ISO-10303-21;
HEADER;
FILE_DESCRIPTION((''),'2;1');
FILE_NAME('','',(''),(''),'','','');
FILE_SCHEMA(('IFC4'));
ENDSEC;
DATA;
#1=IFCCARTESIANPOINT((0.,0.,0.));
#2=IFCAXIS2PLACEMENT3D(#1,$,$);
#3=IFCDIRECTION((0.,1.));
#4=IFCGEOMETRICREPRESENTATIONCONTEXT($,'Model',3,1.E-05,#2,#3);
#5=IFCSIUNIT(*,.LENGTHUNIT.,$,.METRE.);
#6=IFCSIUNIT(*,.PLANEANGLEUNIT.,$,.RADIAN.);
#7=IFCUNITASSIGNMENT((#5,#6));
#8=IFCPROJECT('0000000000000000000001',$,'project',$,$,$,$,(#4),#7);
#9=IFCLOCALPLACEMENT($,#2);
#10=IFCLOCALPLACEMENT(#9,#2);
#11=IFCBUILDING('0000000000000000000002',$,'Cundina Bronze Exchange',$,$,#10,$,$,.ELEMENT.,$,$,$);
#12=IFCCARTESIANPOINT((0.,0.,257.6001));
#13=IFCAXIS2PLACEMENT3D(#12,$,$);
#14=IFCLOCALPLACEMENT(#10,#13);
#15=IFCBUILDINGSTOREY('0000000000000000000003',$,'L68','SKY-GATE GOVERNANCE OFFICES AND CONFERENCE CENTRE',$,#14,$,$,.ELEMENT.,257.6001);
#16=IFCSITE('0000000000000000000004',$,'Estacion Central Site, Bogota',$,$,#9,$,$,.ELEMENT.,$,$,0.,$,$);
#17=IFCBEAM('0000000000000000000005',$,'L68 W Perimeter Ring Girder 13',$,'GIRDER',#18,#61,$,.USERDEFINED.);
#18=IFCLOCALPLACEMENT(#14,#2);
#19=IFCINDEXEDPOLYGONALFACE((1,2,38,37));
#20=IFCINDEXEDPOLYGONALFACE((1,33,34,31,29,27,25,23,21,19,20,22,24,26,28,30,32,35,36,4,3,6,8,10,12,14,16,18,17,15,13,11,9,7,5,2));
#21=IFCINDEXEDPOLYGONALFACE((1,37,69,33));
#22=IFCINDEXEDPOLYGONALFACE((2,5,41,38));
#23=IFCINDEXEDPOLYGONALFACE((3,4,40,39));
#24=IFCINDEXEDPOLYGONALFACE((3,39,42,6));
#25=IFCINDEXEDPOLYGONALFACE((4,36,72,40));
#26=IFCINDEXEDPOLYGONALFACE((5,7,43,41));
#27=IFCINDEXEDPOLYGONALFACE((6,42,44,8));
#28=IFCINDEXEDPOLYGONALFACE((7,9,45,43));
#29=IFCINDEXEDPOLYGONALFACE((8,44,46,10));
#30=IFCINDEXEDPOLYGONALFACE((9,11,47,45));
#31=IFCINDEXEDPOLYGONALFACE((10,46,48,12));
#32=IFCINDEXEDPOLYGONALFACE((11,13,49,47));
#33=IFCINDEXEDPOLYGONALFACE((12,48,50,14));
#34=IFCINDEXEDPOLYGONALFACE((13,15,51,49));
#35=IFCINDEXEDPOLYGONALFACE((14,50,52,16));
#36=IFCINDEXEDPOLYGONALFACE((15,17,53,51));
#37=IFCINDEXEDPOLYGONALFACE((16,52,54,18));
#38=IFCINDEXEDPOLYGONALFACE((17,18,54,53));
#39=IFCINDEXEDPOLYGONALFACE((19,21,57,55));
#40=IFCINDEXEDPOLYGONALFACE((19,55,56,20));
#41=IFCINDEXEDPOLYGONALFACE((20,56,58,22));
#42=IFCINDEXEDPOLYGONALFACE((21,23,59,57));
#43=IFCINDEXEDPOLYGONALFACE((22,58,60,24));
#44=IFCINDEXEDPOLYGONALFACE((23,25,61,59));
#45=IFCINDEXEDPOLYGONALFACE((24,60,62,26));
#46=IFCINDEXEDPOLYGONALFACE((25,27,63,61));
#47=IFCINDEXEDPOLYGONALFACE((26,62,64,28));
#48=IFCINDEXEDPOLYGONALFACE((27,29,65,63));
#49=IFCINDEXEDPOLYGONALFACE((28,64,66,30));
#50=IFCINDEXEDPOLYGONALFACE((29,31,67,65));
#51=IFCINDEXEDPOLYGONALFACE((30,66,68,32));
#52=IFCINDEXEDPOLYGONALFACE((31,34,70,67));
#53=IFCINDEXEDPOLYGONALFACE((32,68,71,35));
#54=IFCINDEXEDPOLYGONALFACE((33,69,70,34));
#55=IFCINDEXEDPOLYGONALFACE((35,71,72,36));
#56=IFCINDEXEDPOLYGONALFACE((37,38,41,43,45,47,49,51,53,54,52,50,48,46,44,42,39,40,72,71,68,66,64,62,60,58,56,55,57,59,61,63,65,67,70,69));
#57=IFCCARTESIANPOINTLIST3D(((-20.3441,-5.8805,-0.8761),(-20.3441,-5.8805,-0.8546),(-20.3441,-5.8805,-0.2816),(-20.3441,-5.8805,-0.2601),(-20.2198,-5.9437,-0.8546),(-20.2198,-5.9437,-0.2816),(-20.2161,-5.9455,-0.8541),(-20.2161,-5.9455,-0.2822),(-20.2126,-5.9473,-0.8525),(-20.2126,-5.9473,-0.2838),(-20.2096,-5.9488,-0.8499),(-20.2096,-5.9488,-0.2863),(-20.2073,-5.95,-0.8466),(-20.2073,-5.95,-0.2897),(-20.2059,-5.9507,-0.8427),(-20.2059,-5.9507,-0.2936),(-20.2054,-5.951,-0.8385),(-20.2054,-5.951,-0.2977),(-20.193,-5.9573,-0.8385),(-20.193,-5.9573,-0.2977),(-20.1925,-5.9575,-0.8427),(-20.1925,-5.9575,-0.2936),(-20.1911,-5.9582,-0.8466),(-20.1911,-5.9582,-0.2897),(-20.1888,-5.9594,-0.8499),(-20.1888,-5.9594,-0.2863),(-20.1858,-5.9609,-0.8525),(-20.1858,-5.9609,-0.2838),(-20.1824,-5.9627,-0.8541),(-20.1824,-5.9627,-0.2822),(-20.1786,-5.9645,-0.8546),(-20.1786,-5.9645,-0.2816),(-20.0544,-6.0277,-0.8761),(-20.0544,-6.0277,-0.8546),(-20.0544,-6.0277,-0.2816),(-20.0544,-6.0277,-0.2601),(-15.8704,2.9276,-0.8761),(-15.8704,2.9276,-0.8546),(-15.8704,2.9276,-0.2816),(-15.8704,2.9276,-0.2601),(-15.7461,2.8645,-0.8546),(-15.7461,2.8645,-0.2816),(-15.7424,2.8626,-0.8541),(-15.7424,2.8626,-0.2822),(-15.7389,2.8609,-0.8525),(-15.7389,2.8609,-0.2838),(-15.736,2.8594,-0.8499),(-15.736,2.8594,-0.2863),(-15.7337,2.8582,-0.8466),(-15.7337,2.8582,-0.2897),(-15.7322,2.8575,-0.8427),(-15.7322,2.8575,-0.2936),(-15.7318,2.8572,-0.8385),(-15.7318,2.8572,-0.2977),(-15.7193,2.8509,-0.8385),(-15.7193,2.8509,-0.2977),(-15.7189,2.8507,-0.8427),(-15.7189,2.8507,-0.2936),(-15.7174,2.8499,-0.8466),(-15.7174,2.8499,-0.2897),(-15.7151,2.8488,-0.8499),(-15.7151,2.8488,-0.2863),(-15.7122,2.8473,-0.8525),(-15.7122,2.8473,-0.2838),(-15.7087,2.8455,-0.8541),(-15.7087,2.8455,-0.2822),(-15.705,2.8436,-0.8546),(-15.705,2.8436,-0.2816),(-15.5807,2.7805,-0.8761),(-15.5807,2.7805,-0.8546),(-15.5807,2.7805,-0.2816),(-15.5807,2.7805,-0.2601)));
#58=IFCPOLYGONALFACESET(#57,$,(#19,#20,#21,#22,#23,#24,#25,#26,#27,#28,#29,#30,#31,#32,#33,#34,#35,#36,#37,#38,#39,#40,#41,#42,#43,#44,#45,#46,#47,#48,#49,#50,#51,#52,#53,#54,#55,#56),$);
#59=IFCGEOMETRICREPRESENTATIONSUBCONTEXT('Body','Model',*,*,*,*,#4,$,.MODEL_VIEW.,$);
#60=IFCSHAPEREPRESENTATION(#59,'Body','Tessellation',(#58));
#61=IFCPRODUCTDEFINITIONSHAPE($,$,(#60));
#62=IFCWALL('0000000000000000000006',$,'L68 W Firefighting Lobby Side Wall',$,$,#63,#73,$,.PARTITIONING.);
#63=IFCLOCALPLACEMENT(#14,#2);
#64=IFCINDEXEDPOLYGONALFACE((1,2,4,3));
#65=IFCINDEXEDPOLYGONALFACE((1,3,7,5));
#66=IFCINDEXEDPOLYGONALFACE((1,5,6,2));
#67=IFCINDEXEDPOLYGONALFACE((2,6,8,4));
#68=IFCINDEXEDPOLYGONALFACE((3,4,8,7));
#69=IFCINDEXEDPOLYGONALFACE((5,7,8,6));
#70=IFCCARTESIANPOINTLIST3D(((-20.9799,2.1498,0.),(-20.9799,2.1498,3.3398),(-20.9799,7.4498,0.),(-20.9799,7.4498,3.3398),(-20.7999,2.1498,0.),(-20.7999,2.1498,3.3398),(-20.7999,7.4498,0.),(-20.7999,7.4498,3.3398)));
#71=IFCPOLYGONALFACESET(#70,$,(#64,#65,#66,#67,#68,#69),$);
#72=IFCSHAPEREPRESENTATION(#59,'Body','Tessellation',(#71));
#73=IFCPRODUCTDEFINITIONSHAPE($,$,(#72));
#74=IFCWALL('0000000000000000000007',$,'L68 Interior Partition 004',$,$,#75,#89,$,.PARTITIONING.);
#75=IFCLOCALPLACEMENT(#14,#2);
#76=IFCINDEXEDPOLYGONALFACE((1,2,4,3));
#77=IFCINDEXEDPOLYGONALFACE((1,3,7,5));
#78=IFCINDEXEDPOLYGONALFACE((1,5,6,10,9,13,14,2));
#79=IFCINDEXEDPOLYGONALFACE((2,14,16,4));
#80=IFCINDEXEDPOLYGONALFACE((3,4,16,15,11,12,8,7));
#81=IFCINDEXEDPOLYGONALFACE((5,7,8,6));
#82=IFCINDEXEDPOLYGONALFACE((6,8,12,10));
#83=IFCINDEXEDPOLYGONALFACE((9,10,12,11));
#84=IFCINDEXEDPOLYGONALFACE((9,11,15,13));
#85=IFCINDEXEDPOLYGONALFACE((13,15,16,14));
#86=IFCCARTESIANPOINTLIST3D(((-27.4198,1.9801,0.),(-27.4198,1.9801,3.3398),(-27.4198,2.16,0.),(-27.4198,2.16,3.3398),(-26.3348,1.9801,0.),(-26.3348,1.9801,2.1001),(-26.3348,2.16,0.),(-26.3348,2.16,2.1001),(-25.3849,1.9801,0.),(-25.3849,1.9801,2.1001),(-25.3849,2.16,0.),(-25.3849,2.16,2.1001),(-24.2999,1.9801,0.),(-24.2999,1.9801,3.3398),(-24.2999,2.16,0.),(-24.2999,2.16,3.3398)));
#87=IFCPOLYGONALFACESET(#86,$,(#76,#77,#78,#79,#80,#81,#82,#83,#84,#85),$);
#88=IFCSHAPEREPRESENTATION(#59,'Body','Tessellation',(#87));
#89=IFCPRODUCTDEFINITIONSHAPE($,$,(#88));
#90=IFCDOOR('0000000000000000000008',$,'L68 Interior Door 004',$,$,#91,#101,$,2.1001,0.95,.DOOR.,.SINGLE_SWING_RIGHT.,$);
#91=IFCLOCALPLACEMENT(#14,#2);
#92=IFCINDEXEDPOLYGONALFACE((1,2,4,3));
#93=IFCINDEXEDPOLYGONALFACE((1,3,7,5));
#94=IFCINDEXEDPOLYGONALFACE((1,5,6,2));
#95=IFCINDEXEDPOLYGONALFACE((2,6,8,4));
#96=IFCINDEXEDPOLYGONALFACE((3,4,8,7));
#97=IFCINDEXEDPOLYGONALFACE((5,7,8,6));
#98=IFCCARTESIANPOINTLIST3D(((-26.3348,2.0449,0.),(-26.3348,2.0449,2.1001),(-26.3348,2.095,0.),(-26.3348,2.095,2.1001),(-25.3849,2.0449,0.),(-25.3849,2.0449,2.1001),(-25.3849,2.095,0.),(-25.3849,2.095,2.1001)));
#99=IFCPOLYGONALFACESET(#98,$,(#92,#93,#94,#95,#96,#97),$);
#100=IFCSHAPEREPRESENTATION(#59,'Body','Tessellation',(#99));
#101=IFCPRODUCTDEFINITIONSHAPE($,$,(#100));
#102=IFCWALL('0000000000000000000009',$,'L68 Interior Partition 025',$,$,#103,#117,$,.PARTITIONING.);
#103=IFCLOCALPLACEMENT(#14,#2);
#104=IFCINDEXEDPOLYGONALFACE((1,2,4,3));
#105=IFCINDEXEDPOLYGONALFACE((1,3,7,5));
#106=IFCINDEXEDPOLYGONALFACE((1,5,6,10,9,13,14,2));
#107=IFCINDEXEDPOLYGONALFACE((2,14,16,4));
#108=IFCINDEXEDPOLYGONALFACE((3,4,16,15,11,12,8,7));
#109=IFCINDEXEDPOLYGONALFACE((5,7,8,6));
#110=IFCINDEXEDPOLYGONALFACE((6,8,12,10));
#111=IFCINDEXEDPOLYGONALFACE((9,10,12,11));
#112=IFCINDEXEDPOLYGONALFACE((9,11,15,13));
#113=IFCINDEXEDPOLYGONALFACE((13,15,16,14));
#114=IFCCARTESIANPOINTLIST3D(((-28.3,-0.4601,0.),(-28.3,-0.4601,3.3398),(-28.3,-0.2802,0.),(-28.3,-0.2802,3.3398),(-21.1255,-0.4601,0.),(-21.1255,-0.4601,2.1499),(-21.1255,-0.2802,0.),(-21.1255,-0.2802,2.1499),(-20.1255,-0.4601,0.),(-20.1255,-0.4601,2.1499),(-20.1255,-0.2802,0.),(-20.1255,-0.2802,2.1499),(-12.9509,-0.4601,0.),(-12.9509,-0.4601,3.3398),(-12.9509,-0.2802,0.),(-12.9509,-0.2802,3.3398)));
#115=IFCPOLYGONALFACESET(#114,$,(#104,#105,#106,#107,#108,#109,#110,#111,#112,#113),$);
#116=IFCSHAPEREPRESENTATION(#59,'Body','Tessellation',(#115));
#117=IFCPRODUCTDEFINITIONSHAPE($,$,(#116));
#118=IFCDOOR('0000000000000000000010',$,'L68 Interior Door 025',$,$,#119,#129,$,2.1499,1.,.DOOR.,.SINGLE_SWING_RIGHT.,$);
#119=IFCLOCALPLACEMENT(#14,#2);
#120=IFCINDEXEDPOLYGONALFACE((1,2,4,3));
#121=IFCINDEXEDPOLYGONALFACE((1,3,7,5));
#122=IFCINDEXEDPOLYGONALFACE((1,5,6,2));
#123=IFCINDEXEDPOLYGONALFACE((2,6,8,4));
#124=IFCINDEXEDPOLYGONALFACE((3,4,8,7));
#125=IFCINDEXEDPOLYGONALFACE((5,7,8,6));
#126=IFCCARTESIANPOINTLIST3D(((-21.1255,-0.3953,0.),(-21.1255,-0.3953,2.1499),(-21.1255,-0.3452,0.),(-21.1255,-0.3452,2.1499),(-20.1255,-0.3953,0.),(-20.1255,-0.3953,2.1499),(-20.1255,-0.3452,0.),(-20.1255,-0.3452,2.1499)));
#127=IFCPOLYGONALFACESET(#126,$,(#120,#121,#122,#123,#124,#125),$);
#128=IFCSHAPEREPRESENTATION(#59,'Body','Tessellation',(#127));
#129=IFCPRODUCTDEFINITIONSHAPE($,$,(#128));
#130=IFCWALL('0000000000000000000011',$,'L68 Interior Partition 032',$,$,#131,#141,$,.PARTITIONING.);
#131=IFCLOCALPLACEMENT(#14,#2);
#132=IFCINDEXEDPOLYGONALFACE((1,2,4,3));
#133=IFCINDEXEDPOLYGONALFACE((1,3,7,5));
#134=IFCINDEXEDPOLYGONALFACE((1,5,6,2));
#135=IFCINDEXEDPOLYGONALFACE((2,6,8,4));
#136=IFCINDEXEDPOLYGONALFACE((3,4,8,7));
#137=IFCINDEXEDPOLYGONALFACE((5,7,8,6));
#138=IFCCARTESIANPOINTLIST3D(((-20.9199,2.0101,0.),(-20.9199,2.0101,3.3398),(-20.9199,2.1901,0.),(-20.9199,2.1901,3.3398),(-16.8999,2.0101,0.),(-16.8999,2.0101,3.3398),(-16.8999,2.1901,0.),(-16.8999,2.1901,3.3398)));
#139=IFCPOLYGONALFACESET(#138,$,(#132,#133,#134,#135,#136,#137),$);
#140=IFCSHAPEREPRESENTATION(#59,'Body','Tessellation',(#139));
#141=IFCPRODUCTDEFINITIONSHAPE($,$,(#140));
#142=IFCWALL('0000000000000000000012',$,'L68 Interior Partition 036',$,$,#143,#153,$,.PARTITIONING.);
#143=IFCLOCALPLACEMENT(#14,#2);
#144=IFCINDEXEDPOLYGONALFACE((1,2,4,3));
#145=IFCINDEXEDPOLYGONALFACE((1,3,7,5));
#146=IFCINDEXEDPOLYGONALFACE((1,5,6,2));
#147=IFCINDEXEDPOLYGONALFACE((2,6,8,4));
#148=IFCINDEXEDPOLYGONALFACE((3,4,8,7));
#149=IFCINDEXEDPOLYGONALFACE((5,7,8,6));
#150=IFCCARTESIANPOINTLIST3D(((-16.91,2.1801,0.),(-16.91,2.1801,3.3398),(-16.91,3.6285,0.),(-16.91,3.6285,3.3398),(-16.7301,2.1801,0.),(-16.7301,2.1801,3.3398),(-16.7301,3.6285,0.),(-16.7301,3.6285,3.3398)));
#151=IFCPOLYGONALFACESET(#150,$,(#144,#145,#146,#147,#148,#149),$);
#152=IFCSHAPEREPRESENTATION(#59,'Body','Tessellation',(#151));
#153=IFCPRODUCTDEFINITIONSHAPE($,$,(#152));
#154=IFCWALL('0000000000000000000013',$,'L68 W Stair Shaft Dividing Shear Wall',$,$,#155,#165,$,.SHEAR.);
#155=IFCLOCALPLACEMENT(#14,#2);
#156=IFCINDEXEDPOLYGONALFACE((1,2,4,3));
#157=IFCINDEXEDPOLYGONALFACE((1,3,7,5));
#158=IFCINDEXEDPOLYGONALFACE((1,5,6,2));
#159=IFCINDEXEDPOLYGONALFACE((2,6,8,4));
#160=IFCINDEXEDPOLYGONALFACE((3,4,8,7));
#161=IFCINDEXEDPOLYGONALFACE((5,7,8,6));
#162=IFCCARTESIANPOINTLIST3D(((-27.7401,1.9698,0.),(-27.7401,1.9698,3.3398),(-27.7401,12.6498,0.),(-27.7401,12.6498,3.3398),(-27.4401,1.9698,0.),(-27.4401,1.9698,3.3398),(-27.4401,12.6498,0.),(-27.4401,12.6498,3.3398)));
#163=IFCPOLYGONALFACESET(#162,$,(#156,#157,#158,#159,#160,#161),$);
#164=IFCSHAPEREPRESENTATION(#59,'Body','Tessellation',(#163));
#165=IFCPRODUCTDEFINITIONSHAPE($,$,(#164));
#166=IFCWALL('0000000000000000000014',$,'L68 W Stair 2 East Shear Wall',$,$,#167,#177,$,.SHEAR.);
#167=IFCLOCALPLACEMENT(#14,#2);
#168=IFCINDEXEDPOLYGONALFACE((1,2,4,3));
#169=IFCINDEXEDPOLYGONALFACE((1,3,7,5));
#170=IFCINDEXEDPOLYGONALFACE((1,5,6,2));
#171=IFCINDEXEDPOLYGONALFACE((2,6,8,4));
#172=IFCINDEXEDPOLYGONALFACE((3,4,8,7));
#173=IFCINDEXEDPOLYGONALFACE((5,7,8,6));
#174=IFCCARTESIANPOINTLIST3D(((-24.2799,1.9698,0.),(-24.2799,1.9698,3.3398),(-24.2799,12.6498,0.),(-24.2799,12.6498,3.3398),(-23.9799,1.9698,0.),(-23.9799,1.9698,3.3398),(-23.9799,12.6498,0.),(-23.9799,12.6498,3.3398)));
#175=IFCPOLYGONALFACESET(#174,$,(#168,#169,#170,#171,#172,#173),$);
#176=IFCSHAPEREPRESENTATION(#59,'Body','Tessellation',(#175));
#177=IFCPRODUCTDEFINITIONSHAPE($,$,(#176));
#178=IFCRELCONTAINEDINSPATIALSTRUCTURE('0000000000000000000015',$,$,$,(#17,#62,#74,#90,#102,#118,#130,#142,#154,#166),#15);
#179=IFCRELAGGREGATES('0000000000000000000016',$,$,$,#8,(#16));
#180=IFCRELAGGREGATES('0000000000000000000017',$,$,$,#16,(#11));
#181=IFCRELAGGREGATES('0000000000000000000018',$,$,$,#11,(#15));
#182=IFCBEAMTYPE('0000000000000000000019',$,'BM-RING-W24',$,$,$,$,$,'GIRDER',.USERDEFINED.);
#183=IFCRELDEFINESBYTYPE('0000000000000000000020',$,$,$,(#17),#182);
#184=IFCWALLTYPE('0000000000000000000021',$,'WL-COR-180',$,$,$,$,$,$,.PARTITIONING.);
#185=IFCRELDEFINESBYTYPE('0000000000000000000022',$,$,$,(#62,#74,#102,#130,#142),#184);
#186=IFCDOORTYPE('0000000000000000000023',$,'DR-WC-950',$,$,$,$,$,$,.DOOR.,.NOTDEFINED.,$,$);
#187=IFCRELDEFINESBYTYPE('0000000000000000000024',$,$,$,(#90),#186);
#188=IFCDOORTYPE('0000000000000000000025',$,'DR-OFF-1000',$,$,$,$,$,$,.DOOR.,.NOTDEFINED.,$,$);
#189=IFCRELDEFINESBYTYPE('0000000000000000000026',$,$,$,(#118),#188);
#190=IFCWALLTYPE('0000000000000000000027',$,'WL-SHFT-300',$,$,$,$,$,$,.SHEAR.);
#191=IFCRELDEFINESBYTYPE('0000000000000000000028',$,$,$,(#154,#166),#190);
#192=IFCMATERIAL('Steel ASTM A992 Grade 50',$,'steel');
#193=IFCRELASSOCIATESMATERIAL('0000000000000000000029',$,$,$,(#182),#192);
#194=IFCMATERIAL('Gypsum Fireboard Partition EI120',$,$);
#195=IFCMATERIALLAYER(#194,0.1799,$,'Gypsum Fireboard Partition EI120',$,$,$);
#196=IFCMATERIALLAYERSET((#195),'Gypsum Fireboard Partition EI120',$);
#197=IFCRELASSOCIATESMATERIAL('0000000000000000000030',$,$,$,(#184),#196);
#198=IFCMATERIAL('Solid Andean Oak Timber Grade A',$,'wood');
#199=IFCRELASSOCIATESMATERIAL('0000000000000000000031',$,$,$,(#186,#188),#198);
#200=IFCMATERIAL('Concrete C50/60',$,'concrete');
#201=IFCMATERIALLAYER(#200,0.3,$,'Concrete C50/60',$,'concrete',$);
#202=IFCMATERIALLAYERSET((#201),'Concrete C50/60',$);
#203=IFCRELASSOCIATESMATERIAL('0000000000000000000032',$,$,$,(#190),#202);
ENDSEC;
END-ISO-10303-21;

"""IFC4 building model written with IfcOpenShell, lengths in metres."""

from ifc_helpers import new_model, si_unit, direction, frame, frame_2d, origin, origin_2d, place, context, subcontext, project, spatial, rectangle, i_section, extrude, material, layer, layer_set, material_profile, profile_set, type_object, element, fill, save


model = new_model("IFC4")

# Units and contexts
model_context = context("Model", 3, precision=1e-05, world=origin(), true_north=direction((0.0, 1.0)))
body_context = subcontext(model_context, "Body", "Model", "MODEL_VIEW")
ifc_project = project(units=[si_unit("LENGTHUNIT", "METRE"), si_unit("PLANEANGLEUNIT", "RADIAN")], contexts=[model_context])

# Site, building, storey
site_placement = place(None, origin())
site = spatial("IfcSite", under=ifc_project, at=site_placement, Name="Estacion Central Site, Bogota", CompositionType="ELEMENT", RefElevation=0.0)
building_placement = place(site_placement, origin())
building = spatial("IfcBuilding", under=site, at=building_placement, Name="Cundina Bronze Exchange", CompositionType="ELEMENT")
storey_placement = place(building_placement, frame((0.0, 0.0, 257.6001)))
storey = spatial("IfcBuildingStorey", under=building, at=storey_placement, Name="L68", Description="SKY-GATE GOVERNANCE OFFICES AND CONFERENCE CENTRE", CompositionType="ELEMENT", Elevation=257.6001)

# Shared definitions
ifc_material_1 = material(Name="Concrete C50/60", Category="concrete")
ifc_material_2 = material(Name="Steel ASTM A992 Grade 50", Category="steel")

# Beam
ifc_material_profile_1 = material_profile(ifc_material_2, i_section(OverallWidth=0.325, OverallDepth=0.616, WebThickness=0.0139, FlangeThickness=0.0215, FilletRadius=0.0161, at=origin_2d()), Name="W24X117", Category="steel")
ifc_profile_set_1 = profile_set([ifc_material_profile_1], Name="Steel ASTM A992 Grade 50")
beam_type_1 = type_object("IfcBeamType", Name="BM-RING-W24", ElementType="GIRDER", PredefinedType="USERDEFINED", material=ifc_profile_set_1)
beam_1_placement = place(storey_placement, frame((-20.1992, -5.9541, -0.5681), z_axis=(0.452839, 0.891592, 0.0), x_axis=(-0.891592, 0.452839, 0.0)))
element("IfcBeam", 1, at=beam_1_placement, inside=storey, type_object=beam_type_1, Name="L68 W Perimeter Ring Girder 13", ObjectType="GIRDER", PredefinedType="USERDEFINED", context=body_context, shape_type="SweptSolid", body=[
    extrude(i_section(OverallWidth=0.325, OverallDepth=0.616, WebThickness=0.0139, FlangeThickness=0.0215, FilletRadius=0.0161, at=origin_2d()), origin(), (0.0, 0.0, 1.0), 9.8792),
])

# Wall
ifc_material_3 = material(Name="Gypsum Fireboard Partition EI120")
ifc_layer_1 = layer(ifc_material_3, 0.1799, Name="Gypsum Fireboard Partition EI120")
ifc_layer_set_1 = layer_set([ifc_layer_1], Name="Gypsum Fireboard Partition EI120")
wall_type_1 = type_object("IfcWallType", Name="WL-COR-180", PredefinedType="PARTITIONING", material=ifc_layer_set_1)
wall_1_placement = place(storey_placement, frame((-20.8899, 2.1499, 0.0), z_axis=(0.0, 0.0, 1.0), x_axis=(0.0, 1.0, 0.0)))
element("IfcWall", 2, at=wall_1_placement, inside=storey, type_object=wall_type_1, Name="L68 W Firefighting Lobby Side Wall", PredefinedType="PARTITIONING", context=body_context, shape_type="SweptSolid", body=[
    extrude(rectangle(XDim=5.3, YDim=0.1799, at=frame_2d((2.6499, 0.0))), origin(), (0.0, 0.0, 1.0), 3.3398),
])

# Walls, openings, doors
wall_2_placement = place(storey_placement, frame((-27.4199, 2.0701, 0.0), z_axis=(0.0, 0.0, 1.0), x_axis=(1.0, 0.0, 0.0)))
wall_2 = element("IfcWall", 3, at=wall_2_placement, inside=storey, type_object=wall_type_1, Name="L68 Interior Partition 004", PredefinedType="PARTITIONING", context=body_context, shape_type="SweptSolid", body=[
    extrude(rectangle(XDim=3.1199, YDim=0.1799, at=frame_2d((1.5601, 0.0))), origin(), (0.0, 0.0, 1.0), 3.3398),
])
opening_1_placement = place(wall_2_placement, frame((1.085, 0.0, 0.0)))
opening_1 = element("IfcOpeningElement", 4, at=opening_1_placement, cuts=wall_2, PredefinedType="OPENING", context=body_context, shape_type="SweptSolid", body=[
    extrude(rectangle(XDim=0.95, YDim=2.1001, at=frame_2d((0.4751, 1.05))), frame((0.0, 0.0999, 0.0), z_axis=(0.0, -1.0, 0.0), x_axis=(1.0, 0.0, 0.0)), (0.0, 0.0, 1.0), 0.2),
])
ifc_material_4 = material(Name="Solid Andean Oak Timber Grade A", Category="wood")
door_type_1 = type_object("IfcDoorType", Name="DR-WC-950", OperationType="NOTDEFINED", PredefinedType="DOOR", material=ifc_material_4)
door_1_placement = place(opening_1_placement, origin())
door_1 = element("IfcDoor", 5, at=door_1_placement, inside=storey, type_object=door_type_1, Name="L68 Interior Door 004", OperationType="SINGLE_SWING_RIGHT", OverallHeight=2.1001, OverallWidth=0.95, PredefinedType="DOOR", context=body_context, shape_type="SweptSolid", body=[
    extrude(rectangle(XDim=0.95, YDim=2.1001, at=frame_2d((0.4751, 1.05))), frame((0.0, 0.0249, 0.0), z_axis=(0.0, -1.0, 0.0), x_axis=(1.0, 0.0, 0.0)), (0.0, 0.0, 1.0), 0.05),
])
fill(opening_1, door_1)
wall_3_placement = place(storey_placement, frame((-28.3, -0.3701, 0.0), z_axis=(0.0, 0.0, 1.0), x_axis=(1.0, 0.0, 0.0)))
wall_3 = element("IfcWall", 6, at=wall_3_placement, inside=storey, type_object=wall_type_1, Name="L68 Interior Partition 025", PredefinedType="PARTITIONING", context=body_context, shape_type="SweptSolid", body=[
    extrude(rectangle(XDim=15.3491, YDim=0.1799, at=frame_2d((7.6746, 0.0))), origin(), (0.0, 0.0, 1.0), 3.3398),
])
opening_2_placement = place(wall_3_placement, frame((7.1746, 0.0, 0.0)))
opening_2 = element("IfcOpeningElement", 7, at=opening_2_placement, cuts=wall_3, PredefinedType="OPENING", context=body_context, shape_type="SweptSolid", body=[
    extrude(rectangle(XDim=1.0, YDim=2.1499, at=frame_2d((0.5, 1.075))), frame((0.0, 0.0999, 0.0), z_axis=(0.0, -1.0, 0.0), x_axis=(1.0, 0.0, 0.0)), (0.0, 0.0, 1.0), 0.2),
])
door_type_2 = type_object("IfcDoorType", Name="DR-OFF-1000", OperationType="NOTDEFINED", PredefinedType="DOOR", material=ifc_material_4)
door_2_placement = place(opening_2_placement, origin())
door_2 = element("IfcDoor", 8, at=door_2_placement, inside=storey, type_object=door_type_2, Name="L68 Interior Door 025", OperationType="SINGLE_SWING_RIGHT", OverallHeight=2.1499, OverallWidth=1.0, PredefinedType="DOOR", context=body_context, shape_type="SweptSolid", body=[
    extrude(rectangle(XDim=1.0, YDim=2.1499, at=frame_2d((0.5, 1.075))), frame((0.0, 0.0249, 0.0), z_axis=(0.0, -1.0, 0.0), x_axis=(1.0, 0.0, 0.0)), (0.0, 0.0, 1.0), 0.05),
])
fill(opening_2, door_2)

# Walls
wall_4_placement = place(storey_placement, frame((-16.8999, 2.1001, 0.0), z_axis=(0.0, 0.0, 1.0), x_axis=(-1.0, 0.0, 0.0)))
element("IfcWall", 9, at=wall_4_placement, inside=storey, type_object=wall_type_1, Name="L68 Interior Partition 032", PredefinedType="PARTITIONING", context=body_context, shape_type="SweptSolid", body=[
    extrude(rectangle(XDim=4.02, YDim=0.1799, at=frame_2d((2.01, 0.0))), origin(), (0.0, 0.0, 1.0), 3.3398),
])
wall_5_placement = place(storey_placement, frame((-16.8201, 3.6284, 0.0), z_axis=(0.0, 0.0, 1.0), x_axis=(0.0, -1.0, 0.0)))
element("IfcWall", 10, at=wall_5_placement, inside=storey, type_object=wall_type_1, Name="L68 Interior Partition 036", PredefinedType="PARTITIONING", context=body_context, shape_type="SweptSolid", body=[
    extrude(rectangle(XDim=1.4485, YDim=0.1799, at=frame_2d((0.7241, 0.0))), origin(), (0.0, 0.0, 1.0), 3.3398),
])
ifc_layer_2 = layer(ifc_material_1, 0.3, Name="Concrete C50/60", Category="concrete")
ifc_layer_set_2 = layer_set([ifc_layer_2], Name="Concrete C50/60")
wall_type_2 = type_object("IfcWallType", Name="WL-SHFT-300", PredefinedType="SHEAR", material=ifc_layer_set_2)
for number, where, z_axis, x_axis, name in (
    (11, (-27.5901, 1.97, 0.0), (0.0, 0.0, 1.0), (0.0, 1.0, 0.0), "L68 W Stair Shaft Dividing Shear Wall"),
    (12, (-24.1299, 1.97, 0.0), (0.0, 0.0, 1.0), (0.0, 1.0, 0.0), "L68 W Stair 2 East Shear Wall"),
):
    element("IfcWall", number, at=place(storey_placement, frame(where, z_axis=z_axis, x_axis=x_axis)), inside=storey, type_object=wall_type_2, Name=name, PredefinedType="SHEAR", context=body_context, shape_type="SweptSolid", body=[
        extrude(rectangle(XDim=10.6799, YDim=0.3, at=frame_2d((5.3398, 0.0))), origin(), (0.0, 0.0, 1.0), 3.3398),
    ])

save(model, "model.ifc")
